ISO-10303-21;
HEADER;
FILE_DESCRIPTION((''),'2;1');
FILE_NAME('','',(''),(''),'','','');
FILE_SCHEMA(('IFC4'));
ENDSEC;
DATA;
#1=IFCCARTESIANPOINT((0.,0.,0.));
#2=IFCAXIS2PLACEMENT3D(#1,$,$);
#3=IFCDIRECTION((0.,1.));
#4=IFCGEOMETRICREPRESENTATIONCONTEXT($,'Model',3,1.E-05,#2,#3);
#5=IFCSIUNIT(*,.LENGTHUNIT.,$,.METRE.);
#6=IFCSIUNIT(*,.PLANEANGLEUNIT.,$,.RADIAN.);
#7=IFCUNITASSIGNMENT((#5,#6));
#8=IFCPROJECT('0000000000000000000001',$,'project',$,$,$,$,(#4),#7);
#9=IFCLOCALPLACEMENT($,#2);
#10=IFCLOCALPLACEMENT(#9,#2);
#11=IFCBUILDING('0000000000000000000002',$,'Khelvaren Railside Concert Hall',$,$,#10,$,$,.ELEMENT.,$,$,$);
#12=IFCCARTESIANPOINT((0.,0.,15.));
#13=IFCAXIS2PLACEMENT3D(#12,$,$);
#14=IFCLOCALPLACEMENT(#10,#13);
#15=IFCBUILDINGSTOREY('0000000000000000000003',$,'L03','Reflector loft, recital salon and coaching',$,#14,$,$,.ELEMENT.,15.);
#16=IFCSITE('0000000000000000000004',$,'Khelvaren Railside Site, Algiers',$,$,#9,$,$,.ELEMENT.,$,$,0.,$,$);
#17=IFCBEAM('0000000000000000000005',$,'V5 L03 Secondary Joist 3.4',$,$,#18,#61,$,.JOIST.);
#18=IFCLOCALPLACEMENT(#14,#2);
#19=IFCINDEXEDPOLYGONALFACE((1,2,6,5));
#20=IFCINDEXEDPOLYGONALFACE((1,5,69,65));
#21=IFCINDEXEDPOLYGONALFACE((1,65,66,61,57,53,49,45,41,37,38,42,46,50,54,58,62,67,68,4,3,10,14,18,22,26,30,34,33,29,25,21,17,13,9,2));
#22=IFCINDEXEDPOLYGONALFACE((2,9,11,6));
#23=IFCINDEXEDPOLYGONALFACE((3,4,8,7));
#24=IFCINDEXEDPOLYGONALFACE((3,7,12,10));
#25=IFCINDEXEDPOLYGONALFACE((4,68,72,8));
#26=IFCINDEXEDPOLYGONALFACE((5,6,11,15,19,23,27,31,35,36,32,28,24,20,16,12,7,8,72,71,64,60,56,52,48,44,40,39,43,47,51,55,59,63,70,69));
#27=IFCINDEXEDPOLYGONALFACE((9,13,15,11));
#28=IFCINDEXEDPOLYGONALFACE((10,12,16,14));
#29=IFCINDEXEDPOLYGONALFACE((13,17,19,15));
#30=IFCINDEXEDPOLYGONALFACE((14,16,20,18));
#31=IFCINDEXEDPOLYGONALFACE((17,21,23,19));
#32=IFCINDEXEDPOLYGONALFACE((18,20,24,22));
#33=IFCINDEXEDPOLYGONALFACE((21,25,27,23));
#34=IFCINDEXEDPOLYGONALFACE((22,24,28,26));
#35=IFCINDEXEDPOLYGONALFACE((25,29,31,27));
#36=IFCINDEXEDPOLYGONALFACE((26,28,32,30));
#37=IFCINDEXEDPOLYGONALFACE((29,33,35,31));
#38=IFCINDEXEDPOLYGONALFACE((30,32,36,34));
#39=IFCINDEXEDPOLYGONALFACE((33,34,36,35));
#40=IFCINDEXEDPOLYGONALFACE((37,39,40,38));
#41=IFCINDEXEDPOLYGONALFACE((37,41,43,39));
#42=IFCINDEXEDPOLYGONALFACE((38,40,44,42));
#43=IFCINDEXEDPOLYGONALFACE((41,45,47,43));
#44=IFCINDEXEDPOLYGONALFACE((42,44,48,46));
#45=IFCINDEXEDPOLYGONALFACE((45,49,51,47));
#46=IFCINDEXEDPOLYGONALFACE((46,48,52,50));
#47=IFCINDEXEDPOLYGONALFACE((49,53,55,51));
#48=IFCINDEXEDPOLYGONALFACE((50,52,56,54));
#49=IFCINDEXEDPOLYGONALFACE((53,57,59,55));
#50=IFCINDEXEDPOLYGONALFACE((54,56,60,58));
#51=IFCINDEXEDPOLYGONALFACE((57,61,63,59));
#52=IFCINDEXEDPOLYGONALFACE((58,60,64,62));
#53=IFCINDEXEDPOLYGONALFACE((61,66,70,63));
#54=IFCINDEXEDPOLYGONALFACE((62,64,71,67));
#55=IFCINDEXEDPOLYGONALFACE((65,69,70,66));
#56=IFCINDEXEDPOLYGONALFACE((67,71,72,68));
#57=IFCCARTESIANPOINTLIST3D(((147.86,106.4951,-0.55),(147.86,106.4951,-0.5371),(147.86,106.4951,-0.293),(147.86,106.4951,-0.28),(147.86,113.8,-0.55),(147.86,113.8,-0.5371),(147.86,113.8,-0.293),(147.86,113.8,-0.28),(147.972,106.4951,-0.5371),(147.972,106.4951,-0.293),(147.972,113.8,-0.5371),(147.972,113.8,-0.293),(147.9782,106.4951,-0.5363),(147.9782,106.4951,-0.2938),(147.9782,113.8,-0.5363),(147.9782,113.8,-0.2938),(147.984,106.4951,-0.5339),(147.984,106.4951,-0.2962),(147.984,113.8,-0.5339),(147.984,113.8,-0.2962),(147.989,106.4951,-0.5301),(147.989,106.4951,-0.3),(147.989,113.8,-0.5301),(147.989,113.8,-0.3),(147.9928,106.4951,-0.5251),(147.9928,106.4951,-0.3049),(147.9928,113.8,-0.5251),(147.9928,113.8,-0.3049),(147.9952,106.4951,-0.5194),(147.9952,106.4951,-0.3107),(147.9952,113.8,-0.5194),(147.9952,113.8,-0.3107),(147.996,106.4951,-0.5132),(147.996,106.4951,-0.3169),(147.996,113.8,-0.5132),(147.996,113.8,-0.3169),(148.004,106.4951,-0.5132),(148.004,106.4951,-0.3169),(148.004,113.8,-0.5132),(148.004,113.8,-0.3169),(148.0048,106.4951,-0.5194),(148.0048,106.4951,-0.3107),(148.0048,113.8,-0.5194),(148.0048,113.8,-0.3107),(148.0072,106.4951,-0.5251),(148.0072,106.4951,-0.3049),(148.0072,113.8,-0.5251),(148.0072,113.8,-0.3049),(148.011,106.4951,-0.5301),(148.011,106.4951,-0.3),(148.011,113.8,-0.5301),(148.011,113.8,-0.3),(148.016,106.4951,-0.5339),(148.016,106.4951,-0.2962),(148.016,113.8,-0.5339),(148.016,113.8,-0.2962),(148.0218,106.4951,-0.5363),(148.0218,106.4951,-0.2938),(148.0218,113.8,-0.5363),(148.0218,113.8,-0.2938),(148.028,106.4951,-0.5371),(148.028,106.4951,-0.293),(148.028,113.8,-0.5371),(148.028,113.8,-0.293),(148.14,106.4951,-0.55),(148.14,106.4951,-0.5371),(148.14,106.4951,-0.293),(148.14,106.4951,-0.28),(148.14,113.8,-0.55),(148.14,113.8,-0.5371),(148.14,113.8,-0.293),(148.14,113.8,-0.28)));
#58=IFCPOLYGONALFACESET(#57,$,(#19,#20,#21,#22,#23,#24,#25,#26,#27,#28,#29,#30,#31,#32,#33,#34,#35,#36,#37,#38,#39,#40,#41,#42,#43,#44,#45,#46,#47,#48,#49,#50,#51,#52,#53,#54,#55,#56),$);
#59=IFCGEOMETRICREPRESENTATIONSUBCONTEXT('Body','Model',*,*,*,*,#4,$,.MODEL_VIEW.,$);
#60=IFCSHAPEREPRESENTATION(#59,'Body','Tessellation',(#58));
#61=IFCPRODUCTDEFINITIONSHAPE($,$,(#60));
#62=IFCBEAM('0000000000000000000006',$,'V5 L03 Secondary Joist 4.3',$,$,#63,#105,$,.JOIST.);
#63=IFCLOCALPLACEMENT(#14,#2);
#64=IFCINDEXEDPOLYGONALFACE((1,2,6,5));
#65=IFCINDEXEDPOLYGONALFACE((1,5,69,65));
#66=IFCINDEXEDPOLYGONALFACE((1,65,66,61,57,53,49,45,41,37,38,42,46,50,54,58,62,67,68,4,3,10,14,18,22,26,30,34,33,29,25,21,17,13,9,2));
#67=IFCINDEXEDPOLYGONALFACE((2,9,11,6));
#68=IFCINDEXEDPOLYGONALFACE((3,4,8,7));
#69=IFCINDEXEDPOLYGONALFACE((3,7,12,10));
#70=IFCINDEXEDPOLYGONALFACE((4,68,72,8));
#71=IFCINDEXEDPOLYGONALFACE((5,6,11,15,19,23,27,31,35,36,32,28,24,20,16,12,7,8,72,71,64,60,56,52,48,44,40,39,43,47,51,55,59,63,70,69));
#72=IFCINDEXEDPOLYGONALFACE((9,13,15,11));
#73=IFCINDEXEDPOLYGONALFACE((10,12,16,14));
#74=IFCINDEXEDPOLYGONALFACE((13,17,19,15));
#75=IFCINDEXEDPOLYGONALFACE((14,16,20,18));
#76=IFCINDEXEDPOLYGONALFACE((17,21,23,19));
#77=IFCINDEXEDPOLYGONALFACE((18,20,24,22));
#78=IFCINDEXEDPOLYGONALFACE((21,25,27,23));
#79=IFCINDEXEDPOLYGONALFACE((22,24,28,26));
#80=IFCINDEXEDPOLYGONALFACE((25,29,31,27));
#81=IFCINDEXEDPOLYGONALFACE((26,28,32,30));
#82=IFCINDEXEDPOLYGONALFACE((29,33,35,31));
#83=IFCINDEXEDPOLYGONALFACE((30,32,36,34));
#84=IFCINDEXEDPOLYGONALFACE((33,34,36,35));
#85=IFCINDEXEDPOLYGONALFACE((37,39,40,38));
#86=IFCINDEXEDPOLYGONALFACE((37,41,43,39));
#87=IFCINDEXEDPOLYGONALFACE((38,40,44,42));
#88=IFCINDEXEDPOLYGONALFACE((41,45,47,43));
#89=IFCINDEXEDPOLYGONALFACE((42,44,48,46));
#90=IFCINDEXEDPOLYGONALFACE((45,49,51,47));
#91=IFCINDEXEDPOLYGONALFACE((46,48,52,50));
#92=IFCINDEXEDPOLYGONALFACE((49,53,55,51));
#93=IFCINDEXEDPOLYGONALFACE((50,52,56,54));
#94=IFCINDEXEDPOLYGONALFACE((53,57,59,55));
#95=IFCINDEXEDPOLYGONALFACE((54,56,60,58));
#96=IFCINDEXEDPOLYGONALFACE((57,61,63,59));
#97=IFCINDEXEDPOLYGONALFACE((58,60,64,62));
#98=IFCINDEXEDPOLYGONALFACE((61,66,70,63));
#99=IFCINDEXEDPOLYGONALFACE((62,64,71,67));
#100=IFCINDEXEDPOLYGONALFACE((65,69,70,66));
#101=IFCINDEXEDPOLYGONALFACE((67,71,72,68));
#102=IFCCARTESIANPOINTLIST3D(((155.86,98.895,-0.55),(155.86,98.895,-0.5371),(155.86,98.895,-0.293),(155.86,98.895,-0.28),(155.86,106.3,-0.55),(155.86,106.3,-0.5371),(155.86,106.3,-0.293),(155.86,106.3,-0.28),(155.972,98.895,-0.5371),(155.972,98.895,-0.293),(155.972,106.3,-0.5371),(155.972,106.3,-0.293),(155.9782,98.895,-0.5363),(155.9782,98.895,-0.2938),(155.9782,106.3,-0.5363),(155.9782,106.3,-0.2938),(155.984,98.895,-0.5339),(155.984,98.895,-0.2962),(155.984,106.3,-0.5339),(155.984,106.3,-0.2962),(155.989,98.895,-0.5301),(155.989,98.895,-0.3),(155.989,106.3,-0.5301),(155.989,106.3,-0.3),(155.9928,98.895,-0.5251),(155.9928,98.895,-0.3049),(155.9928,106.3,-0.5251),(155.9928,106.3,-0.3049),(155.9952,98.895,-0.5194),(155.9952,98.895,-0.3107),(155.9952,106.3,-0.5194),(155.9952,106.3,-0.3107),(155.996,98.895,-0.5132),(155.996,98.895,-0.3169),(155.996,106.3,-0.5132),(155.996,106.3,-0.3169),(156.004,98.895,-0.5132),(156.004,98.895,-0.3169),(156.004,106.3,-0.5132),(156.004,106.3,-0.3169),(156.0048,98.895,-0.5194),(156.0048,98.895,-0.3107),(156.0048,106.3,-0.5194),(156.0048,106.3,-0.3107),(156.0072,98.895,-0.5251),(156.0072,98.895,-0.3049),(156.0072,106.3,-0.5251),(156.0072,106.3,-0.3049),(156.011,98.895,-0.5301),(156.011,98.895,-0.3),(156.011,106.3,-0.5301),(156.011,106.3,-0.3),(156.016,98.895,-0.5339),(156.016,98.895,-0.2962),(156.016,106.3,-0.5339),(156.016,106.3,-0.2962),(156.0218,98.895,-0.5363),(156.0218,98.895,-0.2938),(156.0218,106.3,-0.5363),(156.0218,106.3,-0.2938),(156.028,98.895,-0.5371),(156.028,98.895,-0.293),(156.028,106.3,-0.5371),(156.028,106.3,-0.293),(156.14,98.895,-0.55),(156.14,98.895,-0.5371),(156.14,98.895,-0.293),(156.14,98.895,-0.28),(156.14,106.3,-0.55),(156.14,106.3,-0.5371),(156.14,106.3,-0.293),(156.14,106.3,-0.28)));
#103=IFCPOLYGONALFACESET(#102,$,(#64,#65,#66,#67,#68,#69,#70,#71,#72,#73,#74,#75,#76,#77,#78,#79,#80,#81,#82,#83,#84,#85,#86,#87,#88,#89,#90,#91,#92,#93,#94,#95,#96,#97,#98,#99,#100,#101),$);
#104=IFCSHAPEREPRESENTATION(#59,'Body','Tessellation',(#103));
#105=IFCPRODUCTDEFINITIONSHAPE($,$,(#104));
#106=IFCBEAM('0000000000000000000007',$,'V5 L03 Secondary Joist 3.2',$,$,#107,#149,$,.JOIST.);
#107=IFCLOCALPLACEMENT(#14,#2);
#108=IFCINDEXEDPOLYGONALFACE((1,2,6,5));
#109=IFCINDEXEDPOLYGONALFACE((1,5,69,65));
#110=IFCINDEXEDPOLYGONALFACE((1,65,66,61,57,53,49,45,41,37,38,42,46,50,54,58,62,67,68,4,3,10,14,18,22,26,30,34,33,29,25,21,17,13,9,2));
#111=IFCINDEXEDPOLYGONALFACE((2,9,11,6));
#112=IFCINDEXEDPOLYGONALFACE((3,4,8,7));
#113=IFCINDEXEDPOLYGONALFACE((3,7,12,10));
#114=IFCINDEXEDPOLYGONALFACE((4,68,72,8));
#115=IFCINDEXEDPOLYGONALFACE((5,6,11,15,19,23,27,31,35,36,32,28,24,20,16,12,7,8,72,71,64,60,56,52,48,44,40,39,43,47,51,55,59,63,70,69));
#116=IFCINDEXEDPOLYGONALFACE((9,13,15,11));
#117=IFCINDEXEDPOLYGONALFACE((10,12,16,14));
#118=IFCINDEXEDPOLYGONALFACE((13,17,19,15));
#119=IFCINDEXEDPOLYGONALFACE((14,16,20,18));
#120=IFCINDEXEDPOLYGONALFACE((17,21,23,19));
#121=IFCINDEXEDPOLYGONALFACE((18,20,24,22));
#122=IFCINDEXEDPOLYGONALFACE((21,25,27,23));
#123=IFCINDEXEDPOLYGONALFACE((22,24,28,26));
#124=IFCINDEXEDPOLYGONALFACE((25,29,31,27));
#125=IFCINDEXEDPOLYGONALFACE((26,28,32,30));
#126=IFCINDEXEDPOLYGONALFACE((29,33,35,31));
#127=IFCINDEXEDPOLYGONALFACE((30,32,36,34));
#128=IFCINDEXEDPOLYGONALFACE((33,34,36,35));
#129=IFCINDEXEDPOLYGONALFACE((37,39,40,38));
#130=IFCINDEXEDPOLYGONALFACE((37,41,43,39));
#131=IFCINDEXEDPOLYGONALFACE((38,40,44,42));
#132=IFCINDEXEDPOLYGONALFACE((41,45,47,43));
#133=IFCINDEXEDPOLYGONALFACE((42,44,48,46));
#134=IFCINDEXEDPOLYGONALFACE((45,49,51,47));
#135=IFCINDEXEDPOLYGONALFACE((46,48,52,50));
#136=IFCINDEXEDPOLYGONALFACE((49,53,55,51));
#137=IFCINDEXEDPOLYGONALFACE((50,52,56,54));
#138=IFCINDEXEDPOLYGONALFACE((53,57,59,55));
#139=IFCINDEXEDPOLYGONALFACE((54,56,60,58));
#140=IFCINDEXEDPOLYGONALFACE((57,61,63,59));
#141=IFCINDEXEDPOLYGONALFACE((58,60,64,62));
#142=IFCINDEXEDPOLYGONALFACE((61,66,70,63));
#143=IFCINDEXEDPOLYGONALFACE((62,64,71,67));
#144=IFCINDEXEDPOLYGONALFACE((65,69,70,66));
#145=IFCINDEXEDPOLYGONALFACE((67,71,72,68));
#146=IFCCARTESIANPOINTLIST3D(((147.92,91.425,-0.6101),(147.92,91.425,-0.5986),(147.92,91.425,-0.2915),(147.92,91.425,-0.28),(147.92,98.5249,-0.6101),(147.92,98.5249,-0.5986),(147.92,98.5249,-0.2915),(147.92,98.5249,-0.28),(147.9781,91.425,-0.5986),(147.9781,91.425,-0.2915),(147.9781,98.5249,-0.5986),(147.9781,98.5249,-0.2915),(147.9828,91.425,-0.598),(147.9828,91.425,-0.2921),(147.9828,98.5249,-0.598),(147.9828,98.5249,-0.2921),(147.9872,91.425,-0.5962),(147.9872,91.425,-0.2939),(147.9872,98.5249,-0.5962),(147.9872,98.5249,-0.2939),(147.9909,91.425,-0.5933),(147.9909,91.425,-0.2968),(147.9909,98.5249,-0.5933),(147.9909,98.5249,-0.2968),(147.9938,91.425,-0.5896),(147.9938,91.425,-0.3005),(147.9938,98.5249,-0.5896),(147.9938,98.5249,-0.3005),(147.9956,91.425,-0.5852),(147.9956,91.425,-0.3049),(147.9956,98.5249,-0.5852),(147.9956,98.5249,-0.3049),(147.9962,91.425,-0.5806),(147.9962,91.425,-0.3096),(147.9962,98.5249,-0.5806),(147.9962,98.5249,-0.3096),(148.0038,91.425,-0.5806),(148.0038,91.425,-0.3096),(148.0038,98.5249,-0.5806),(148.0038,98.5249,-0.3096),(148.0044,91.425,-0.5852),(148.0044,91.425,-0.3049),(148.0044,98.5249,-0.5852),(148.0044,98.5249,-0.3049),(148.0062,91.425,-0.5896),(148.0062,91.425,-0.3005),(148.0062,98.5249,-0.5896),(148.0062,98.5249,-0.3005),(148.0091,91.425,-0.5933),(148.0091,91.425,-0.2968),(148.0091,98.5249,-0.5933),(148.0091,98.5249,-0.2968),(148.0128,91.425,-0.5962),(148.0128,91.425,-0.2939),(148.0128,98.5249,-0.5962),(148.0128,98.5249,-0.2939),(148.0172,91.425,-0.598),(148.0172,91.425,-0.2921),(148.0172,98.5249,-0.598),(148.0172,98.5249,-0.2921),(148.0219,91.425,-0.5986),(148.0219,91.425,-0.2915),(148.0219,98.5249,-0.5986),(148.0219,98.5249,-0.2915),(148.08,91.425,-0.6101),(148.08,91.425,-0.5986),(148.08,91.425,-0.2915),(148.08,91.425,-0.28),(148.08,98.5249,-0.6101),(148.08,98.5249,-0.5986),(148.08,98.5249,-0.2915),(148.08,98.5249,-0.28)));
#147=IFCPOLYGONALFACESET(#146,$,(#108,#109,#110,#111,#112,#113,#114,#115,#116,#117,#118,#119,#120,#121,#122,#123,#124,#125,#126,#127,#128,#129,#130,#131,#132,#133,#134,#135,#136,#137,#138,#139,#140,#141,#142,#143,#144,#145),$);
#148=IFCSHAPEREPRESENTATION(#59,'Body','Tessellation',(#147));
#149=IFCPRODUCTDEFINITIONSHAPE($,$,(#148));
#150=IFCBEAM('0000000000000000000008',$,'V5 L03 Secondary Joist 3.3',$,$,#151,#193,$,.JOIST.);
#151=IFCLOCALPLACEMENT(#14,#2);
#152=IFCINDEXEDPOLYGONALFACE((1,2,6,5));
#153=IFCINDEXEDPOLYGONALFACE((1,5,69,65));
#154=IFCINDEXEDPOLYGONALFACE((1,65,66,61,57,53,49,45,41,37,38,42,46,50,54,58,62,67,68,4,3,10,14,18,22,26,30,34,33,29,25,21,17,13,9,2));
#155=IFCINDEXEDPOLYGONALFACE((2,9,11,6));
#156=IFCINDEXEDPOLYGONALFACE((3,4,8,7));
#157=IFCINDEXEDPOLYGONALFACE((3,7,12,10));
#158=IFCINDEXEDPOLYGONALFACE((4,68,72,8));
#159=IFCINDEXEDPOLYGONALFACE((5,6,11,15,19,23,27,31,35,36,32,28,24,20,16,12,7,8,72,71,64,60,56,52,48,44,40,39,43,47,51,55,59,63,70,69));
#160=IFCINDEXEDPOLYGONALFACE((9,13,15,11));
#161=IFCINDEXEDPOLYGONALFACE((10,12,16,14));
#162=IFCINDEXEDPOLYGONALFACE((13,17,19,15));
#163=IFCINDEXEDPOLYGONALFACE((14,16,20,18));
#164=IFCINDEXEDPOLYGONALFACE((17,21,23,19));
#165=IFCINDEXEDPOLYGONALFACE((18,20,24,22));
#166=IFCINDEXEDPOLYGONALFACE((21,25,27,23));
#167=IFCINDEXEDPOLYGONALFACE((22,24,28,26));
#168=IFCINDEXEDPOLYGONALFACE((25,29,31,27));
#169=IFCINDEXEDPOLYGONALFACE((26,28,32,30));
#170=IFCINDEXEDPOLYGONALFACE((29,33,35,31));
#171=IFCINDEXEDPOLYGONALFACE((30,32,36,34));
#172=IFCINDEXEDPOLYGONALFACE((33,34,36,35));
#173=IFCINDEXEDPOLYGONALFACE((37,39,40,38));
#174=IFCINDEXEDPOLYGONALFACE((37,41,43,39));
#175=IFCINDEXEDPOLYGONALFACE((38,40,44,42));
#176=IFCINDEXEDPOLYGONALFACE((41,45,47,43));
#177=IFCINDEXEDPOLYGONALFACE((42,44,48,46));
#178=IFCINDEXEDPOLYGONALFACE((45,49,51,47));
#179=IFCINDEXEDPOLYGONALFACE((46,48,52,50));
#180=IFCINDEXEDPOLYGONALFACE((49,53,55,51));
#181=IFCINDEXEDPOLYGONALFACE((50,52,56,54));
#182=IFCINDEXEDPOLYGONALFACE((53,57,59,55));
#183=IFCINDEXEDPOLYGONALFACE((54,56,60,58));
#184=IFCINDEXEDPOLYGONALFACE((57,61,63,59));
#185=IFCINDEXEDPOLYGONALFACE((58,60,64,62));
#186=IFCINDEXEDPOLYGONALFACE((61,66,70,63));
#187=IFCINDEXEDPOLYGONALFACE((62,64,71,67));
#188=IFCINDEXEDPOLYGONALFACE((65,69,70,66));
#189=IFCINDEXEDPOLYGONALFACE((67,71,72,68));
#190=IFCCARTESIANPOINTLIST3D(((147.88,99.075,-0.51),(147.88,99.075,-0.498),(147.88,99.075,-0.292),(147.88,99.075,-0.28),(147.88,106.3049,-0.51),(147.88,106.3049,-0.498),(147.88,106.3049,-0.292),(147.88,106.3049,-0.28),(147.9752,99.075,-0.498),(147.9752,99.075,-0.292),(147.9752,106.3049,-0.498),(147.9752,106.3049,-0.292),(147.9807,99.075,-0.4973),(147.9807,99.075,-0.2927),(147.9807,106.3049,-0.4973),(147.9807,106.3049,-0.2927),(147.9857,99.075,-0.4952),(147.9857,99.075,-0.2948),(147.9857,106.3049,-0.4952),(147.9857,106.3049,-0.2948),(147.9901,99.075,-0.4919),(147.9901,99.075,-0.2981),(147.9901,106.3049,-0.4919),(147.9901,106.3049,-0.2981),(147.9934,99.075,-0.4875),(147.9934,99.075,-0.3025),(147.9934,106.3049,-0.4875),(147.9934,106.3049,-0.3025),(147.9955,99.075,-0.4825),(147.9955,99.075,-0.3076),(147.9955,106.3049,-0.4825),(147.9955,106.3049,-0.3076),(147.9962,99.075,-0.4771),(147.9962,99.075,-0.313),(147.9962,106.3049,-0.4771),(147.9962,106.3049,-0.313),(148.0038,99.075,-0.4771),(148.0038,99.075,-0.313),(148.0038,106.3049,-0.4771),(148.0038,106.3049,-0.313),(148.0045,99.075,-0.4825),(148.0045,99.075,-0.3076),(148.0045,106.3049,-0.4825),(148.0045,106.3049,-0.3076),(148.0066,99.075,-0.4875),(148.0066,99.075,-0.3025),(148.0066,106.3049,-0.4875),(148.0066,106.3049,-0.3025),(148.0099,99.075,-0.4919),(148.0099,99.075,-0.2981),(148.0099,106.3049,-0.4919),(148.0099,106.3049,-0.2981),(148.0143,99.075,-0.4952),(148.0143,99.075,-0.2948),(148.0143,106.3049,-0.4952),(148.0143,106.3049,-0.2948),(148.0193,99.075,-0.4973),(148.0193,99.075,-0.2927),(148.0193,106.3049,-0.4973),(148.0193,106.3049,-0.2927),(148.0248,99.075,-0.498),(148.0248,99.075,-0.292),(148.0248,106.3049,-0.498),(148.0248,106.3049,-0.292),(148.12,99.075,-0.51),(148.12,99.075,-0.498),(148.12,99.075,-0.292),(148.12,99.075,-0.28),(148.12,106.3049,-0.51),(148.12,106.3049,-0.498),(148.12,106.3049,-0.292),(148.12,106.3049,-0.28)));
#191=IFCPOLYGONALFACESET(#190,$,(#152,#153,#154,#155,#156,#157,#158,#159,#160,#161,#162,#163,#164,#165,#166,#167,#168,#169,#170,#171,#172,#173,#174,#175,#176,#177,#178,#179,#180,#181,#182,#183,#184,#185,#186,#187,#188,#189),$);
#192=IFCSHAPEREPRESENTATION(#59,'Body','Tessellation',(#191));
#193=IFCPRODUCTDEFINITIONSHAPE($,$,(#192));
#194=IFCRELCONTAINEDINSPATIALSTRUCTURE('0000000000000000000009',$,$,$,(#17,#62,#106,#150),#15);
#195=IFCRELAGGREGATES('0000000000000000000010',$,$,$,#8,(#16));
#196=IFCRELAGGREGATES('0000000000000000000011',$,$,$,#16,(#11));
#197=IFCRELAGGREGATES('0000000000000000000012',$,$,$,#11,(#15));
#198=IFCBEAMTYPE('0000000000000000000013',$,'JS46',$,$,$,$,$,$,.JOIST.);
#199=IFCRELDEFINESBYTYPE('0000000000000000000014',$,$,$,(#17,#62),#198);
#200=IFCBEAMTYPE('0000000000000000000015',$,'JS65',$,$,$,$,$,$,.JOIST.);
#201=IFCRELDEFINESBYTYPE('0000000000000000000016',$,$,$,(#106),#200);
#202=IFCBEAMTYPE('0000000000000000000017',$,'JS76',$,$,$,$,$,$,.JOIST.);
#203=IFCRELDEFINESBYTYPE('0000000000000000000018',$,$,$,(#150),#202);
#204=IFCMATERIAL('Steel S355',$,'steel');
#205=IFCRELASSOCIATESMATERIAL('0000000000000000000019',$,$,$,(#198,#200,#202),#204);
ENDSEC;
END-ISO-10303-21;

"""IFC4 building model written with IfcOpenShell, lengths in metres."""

from ifc_helpers import new_model, si_unit, direction, frame, origin, origin_2d, place, context, subcontext, project, spatial, i_section, extrude, material, material_profile, profile_set, type_object, element, save


model = new_model("IFC4")

# Units and contexts
model_context = context("Model", 3, precision=1e-05, world=origin(), true_north=direction((0.0, 1.0)))
body_context = subcontext(model_context, "Body", "Model", "MODEL_VIEW")
ifc_project = project(units=[si_unit("LENGTHUNIT", "METRE"), si_unit("PLANEANGLEUNIT", "RADIAN")], contexts=[model_context])

# Site, building, storey
site_placement = place(None, origin())
site = spatial("IfcSite", under=ifc_project, at=site_placement, Name="Khelvaren Railside Site, Algiers", CompositionType="ELEMENT", RefElevation=0.0)
building_placement = place(site_placement, origin())
building = spatial("IfcBuilding", under=site, at=building_placement, Name="Khelvaren Railside Concert Hall", CompositionType="ELEMENT")
storey_placement = place(building_placement, frame((0.0, 0.0, 15.0)))
storey = spatial("IfcBuildingStorey", under=building, at=storey_placement, Name="L03", Description="Reflector loft, recital salon and coaching", CompositionType="ELEMENT", Elevation=15.0)

# Beams
ifc_material_1 = material(Name="Steel S355", Category="steel")
ifc_material_profile_1 = material_profile(ifc_material_1, i_section(OverallWidth=0.28, OverallDepth=0.27, WebThickness=0.0081, FlangeThickness=0.0129, FilletRadius=0.0239, at=origin_2d()), Name="HEA 280")
ifc_profile_set_1 = profile_set([ifc_material_profile_1], Name="Steel S355")
beam_type_1 = type_object("IfcBeamType", Name="JS46", PredefinedType="JOIST", material=ifc_profile_set_1)
beam_1_placement = place(storey_placement, frame((148.0, 106.4951, -0.415), z_axis=(0.0, 1.0, 0.0), x_axis=(-1.0, 0.0, 0.0)))
element("IfcBeam", 1, at=beam_1_placement, inside=storey, type_object=beam_type_1, Name="V5 L03 Secondary Joist 3.4", PredefinedType="JOIST", context=body_context, shape_type="SweptSolid", body=[
    extrude(i_section(OverallWidth=0.28, OverallDepth=0.27, WebThickness=0.0081, FlangeThickness=0.0129, FilletRadius=0.0239, at=origin_2d()), origin(), (0.0, 0.0, 1.0), 7.3049),
])
beam_2_placement = place(storey_placement, frame((156.0, 98.895, -0.415), z_axis=(0.0, 1.0, 0.0), x_axis=(-1.0, 0.0, 0.0)))
element("IfcBeam", 2, at=beam_2_placement, inside=storey, type_object=beam_type_1, Name="V5 L03 Secondary Joist 4.3", PredefinedType="JOIST", context=body_context, shape_type="SweptSolid", body=[
    extrude(i_section(OverallWidth=0.28, OverallDepth=0.27, WebThickness=0.0081, FlangeThickness=0.0129, FilletRadius=0.0239, at=origin_2d()), origin(), (0.0, 0.0, 1.0), 7.405),
])
ifc_material_profile_2 = material_profile(ifc_material_1, i_section(OverallWidth=0.1599, OverallDepth=0.3301, WebThickness=0.0076, FlangeThickness=0.0115, FilletRadius=0.0181, at=origin_2d()), Name="IPE 330")
ifc_profile_set_2 = profile_set([ifc_material_profile_2], Name="Steel S355")
beam_type_2 = type_object("IfcBeamType", Name="JS65", PredefinedType="JOIST", material=ifc_profile_set_2)
beam_3_placement = place(storey_placement, frame((148.0, 91.425, -0.4451), z_axis=(0.0, 1.0, 0.0), x_axis=(-1.0, 0.0, 0.0)))
element("IfcBeam", 3, at=beam_3_placement, inside=storey, type_object=beam_type_2, Name="V5 L03 Secondary Joist 3.2", PredefinedType="JOIST", context=body_context, shape_type="SweptSolid", body=[
    extrude(i_section(OverallWidth=0.1599, OverallDepth=0.3301, WebThickness=0.0076, FlangeThickness=0.0115, FilletRadius=0.0181, at=origin_2d()), origin(), (0.0, 0.0, 1.0), 7.0999),
])
ifc_material_profile_3 = material_profile(ifc_material_1, i_section(OverallWidth=0.24, OverallDepth=0.23, WebThickness=0.0076, FlangeThickness=0.012, FilletRadius=0.021, at=origin_2d()), Name="HEA 240")
ifc_profile_set_3 = profile_set([ifc_material_profile_3], Name="Steel S355")
beam_type_3 = type_object("IfcBeamType", Name="JS76", PredefinedType="JOIST", material=ifc_profile_set_3)
beam_4_placement = place(storey_placement, frame((148.0, 99.075, -0.395), z_axis=(0.0, 1.0, 0.0), x_axis=(-1.0, 0.0, 0.0)))
element("IfcBeam", 4, at=beam_4_placement, inside=storey, type_object=beam_type_3, Name="V5 L03 Secondary Joist 3.3", PredefinedType="JOIST", context=body_context, shape_type="SweptSolid", body=[
    extrude(i_section(OverallWidth=0.24, OverallDepth=0.23, WebThickness=0.0076, FlangeThickness=0.012, FilletRadius=0.021, at=origin_2d()), origin(), (0.0, 0.0, 1.0), 7.23),
])

save(model, "model.ifc")
